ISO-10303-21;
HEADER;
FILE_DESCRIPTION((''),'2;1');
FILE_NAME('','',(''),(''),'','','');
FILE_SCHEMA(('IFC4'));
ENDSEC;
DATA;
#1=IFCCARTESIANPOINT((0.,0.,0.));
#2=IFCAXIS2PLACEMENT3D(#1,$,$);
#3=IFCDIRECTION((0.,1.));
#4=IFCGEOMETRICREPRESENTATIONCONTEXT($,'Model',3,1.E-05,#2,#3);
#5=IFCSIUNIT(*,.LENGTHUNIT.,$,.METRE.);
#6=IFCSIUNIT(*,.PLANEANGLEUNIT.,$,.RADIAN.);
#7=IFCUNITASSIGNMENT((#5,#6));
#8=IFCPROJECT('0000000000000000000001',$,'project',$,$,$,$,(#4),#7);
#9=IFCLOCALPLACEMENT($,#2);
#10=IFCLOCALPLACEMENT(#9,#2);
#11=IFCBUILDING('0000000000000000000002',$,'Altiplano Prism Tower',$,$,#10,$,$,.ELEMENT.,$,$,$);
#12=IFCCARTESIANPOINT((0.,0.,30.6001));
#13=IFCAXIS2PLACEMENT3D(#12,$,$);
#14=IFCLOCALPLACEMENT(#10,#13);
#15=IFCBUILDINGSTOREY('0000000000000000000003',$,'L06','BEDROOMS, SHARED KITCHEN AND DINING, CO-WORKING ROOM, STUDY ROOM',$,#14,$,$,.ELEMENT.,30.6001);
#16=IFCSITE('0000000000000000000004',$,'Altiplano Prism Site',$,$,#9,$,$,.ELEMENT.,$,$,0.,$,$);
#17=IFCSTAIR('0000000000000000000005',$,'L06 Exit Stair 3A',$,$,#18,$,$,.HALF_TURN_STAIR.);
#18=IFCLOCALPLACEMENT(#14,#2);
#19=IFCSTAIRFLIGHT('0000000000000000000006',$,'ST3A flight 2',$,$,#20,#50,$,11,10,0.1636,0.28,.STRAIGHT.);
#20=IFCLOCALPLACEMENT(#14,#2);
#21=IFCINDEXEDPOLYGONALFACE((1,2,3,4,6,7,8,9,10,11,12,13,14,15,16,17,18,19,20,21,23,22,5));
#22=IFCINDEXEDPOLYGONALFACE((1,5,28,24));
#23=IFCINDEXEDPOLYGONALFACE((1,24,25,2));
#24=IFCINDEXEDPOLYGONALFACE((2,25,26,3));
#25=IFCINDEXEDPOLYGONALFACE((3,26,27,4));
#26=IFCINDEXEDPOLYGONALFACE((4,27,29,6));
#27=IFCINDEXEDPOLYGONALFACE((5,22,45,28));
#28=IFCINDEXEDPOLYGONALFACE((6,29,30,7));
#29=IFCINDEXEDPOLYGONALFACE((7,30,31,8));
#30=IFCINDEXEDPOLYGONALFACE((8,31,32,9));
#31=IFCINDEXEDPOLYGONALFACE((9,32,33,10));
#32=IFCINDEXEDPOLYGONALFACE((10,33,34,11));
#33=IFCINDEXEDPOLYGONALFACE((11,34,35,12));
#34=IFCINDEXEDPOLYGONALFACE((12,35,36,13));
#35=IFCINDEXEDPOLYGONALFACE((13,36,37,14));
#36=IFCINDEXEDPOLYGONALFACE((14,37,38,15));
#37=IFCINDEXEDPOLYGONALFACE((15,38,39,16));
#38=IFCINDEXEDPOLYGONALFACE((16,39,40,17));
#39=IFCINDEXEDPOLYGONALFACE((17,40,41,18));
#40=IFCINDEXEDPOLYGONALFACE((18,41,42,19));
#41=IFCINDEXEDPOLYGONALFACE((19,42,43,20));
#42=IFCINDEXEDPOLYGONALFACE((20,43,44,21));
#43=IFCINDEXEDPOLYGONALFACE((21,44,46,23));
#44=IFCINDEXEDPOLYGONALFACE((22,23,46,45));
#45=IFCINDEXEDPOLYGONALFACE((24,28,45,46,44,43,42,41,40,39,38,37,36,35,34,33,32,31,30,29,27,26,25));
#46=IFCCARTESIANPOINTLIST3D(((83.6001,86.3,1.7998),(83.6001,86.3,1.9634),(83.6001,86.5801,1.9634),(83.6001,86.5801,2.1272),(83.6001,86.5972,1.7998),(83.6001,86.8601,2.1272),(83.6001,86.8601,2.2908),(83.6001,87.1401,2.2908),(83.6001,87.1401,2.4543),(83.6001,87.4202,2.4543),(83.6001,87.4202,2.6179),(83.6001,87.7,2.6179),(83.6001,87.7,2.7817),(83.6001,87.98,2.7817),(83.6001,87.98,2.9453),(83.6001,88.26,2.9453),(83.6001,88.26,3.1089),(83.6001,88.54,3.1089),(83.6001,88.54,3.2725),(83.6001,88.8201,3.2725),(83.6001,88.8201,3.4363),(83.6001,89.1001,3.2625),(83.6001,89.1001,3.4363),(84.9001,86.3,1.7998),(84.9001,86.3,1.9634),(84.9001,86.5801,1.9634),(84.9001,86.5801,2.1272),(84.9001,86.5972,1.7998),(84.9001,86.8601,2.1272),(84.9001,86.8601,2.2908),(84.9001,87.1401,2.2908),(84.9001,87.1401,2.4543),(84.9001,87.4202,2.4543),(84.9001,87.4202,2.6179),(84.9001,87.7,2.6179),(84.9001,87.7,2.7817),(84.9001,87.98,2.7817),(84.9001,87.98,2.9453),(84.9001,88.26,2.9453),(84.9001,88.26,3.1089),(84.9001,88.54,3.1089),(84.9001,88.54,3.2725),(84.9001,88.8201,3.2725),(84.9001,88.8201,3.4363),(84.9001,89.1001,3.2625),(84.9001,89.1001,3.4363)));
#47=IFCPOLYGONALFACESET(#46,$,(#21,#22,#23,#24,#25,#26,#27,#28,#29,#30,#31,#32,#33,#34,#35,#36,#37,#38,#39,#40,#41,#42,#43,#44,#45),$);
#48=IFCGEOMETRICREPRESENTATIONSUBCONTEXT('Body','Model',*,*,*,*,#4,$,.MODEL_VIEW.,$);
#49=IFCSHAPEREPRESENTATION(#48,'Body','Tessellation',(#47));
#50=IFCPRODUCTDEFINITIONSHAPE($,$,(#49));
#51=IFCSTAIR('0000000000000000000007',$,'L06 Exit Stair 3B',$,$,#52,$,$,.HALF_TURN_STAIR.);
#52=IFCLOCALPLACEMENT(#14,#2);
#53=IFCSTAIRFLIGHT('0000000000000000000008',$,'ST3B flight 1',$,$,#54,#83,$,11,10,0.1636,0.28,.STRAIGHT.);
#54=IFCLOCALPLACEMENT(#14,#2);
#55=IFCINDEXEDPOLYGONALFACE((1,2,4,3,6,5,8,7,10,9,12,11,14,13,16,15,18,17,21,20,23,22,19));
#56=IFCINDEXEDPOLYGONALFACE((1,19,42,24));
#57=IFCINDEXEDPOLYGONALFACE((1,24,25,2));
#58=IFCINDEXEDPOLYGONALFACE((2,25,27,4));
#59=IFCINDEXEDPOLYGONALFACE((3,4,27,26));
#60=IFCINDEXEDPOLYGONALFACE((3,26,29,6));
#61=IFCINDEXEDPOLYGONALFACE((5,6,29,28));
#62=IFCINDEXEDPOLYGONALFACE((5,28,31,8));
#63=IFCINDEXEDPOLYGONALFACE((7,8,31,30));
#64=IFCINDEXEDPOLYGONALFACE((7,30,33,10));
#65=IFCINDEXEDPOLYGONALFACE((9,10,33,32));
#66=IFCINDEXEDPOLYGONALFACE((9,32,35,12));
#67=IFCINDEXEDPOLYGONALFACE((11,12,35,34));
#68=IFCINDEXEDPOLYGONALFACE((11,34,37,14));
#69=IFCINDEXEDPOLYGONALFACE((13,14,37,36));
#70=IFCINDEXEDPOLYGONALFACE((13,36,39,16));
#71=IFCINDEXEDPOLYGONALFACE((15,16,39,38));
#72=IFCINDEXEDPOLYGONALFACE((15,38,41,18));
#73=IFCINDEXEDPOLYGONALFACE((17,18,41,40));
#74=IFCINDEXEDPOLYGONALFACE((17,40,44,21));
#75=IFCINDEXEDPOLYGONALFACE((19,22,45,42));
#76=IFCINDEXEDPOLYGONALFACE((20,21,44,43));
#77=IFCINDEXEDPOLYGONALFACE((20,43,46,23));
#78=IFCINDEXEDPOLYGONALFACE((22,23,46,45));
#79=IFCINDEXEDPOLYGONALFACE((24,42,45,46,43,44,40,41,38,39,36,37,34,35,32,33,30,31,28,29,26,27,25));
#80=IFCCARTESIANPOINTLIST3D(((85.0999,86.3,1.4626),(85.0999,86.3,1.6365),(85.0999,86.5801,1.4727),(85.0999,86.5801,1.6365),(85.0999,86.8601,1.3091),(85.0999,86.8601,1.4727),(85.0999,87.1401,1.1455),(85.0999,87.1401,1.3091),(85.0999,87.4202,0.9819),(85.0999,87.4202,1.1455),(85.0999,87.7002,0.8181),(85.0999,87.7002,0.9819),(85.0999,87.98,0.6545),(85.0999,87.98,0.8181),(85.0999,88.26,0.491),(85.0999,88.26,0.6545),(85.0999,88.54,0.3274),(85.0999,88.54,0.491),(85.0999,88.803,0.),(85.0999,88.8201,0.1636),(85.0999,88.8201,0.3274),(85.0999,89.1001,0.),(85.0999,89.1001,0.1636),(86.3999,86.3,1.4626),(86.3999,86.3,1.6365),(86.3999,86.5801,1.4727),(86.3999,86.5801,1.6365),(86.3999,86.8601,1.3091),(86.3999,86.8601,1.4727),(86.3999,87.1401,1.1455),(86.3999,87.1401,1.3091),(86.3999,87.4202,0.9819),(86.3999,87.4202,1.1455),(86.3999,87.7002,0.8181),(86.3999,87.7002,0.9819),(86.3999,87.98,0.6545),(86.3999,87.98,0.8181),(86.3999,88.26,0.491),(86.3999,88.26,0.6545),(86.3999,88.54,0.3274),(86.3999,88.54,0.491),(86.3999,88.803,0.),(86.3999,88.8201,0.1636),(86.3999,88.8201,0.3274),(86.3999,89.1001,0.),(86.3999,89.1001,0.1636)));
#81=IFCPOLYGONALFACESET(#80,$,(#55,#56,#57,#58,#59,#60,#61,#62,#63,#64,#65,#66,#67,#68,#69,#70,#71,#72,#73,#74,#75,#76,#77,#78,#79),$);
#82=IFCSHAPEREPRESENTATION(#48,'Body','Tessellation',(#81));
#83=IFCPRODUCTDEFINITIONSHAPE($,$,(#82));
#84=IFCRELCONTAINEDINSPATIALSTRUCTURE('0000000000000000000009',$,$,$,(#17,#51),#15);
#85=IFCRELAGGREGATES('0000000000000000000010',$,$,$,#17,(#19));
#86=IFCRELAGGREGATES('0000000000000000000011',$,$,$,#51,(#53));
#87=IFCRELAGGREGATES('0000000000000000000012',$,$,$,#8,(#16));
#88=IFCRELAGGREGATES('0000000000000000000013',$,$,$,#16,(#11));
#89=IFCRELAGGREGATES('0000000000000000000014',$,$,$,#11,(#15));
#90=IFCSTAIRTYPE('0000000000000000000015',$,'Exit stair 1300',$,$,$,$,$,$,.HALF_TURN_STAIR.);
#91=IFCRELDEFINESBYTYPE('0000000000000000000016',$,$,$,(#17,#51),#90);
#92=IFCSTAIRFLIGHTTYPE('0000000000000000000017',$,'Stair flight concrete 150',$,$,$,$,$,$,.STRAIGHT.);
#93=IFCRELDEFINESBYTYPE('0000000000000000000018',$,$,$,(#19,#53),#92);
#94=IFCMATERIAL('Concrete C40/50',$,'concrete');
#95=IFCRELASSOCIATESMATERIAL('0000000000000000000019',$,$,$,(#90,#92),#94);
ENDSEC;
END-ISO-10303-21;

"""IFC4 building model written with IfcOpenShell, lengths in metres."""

from ifc_helpers import new_model, si_unit, direction, frame, origin, place, context, subcontext, project, spatial, polyline, outline, extrude, material, type_object, element, aggregate, save


model = new_model("IFC4")

# Units and contexts
model_context = context("Model", 3, precision=1e-05, world=origin(), true_north=direction((0.0, 1.0)))
body_context = subcontext(model_context, "Body", "Model", "MODEL_VIEW")
ifc_project = project(units=[si_unit("LENGTHUNIT", "METRE"), si_unit("PLANEANGLEUNIT", "RADIAN")], contexts=[model_context])

# Site, building, storey
site_placement = place(None, origin())
site = spatial("IfcSite", under=ifc_project, at=site_placement, Name="Altiplano Prism Site", CompositionType="ELEMENT", RefElevation=0.0)
building_placement = place(site_placement, origin())
building = spatial("IfcBuilding", under=site, at=building_placement, Name="Altiplano Prism Tower", CompositionType="ELEMENT")
storey_placement = place(building_placement, frame((0.0, 0.0, 30.6001)))
storey = spatial("IfcBuildingStorey", under=building, at=storey_placement, Name="L06", Description="BEDROOMS, SHARED KITCHEN AND DINING, CO-WORKING ROOM, STUDY ROOM", CompositionType="ELEMENT", Elevation=30.6001)

# Stair, stair flight
ifc_material_1 = material(Name="Concrete C40/50", Category="concrete")
stair_type = type_object("IfcStairType", Name="Exit stair 1300", PredefinedType="HALF_TURN_STAIR", material=ifc_material_1)
stair_1_placement = place(storey_placement, origin())
stair_1 = element("IfcStair", 1, at=stair_1_placement, inside=storey, type_object=stair_type, Name="L06 Exit Stair 3A", PredefinedType="HALF_TURN_STAIR")
stair_flight_type = type_object("IfcStairFlightType", Name="Stair flight concrete 150", PredefinedType="STRAIGHT", material=ifc_material_1)
stair_flight_1_placement = place(storey_placement, frame((84.25, 86.3, 1.7998), z_axis=(0.0, 0.0, 1.0), x_axis=(0.0, 1.0, 0.0)))
stair_flight_1 = element("IfcStairFlight", 2, at=stair_flight_1_placement, type_object=stair_flight_type, Name="ST3A flight 2", NumberOfRisers=11, NumberOfTreads=10, PredefinedType="STRAIGHT", RiserHeight=0.1636, TreadLength=0.28, context=body_context, shape_type="SweptSolid", body=[
    extrude(outline(polyline([(0.0, 0.0), (0.0, 0.1636), (0.28, 0.1636), (0.28, 0.3274), (0.5601, 0.3274), (0.5601, 0.491), (0.8401, 0.491), (0.8401, 0.6545), (1.1201, 0.6545), (1.1201, 0.8181), (1.3999, 0.8181), (1.3999, 0.9819), (1.6799, 0.9819), (1.6799, 1.1455), (1.96, 1.1455), (1.96, 1.3091), (2.24, 1.3091), (2.24, 1.4727), (2.52, 1.4727), (2.52, 1.6365), (2.8, 1.6365), (2.8, 1.8), (2.8, 1.4626), (0.2971, 0.0), (0.0, 0.0)])), frame((0.0, 0.6499, 0.0), z_axis=(0.0, -1.0, 0.0), x_axis=(1.0, 0.0, 0.0)), (0.0, 0.0, 1.0), 1.3),
])
aggregate(stair_1, [stair_flight_1])

# Stair, stair flight
stair_2_placement = place(storey_placement, origin())
stair_2 = element("IfcStair", 3, at=stair_2_placement, inside=storey, type_object=stair_type, Name="L06 Exit Stair 3B", PredefinedType="HALF_TURN_STAIR")
stair_flight_2_placement = place(storey_placement, frame((85.75, 89.1001, 0.0), z_axis=(0.0, 0.0, 1.0), x_axis=(0.0, -1.0, 0.0)))
stair_flight_2 = element("IfcStairFlight", 4, at=stair_flight_2_placement, type_object=stair_flight_type, Name="ST3B flight 1", NumberOfRisers=11, NumberOfTreads=10, PredefinedType="STRAIGHT", RiserHeight=0.1636, TreadLength=0.28, context=body_context, shape_type="SweptSolid", body=[
    extrude(outline(polyline([(0.0, 0.0), (0.0, 0.1636), (0.28, 0.1636), (0.28, 0.3274), (0.5601, 0.3274), (0.5601, 0.491), (0.8401, 0.491), (0.8401, 0.6545), (1.1201, 0.6545), (1.1201, 0.8181), (1.3999, 0.8181), (1.3999, 0.9819), (1.6799, 0.9819), (1.6799, 1.1455), (1.96, 1.1455), (1.96, 1.3091), (2.24, 1.3091), (2.24, 1.4727), (2.52, 1.4727), (2.52, 1.6365), (2.8, 1.6365), (2.8, 1.8), (2.8, 1.4626), (0.2971, 0.0), (0.0, 0.0)])), frame((0.0, 0.6499, 0.0), z_axis=(0.0, -1.0, 0.0), x_axis=(1.0, 0.0, 0.0)), (0.0, 0.0, 1.0), 1.3),
])
aggregate(stair_2, [stair_flight_2])

save(model, "model.ifc")
